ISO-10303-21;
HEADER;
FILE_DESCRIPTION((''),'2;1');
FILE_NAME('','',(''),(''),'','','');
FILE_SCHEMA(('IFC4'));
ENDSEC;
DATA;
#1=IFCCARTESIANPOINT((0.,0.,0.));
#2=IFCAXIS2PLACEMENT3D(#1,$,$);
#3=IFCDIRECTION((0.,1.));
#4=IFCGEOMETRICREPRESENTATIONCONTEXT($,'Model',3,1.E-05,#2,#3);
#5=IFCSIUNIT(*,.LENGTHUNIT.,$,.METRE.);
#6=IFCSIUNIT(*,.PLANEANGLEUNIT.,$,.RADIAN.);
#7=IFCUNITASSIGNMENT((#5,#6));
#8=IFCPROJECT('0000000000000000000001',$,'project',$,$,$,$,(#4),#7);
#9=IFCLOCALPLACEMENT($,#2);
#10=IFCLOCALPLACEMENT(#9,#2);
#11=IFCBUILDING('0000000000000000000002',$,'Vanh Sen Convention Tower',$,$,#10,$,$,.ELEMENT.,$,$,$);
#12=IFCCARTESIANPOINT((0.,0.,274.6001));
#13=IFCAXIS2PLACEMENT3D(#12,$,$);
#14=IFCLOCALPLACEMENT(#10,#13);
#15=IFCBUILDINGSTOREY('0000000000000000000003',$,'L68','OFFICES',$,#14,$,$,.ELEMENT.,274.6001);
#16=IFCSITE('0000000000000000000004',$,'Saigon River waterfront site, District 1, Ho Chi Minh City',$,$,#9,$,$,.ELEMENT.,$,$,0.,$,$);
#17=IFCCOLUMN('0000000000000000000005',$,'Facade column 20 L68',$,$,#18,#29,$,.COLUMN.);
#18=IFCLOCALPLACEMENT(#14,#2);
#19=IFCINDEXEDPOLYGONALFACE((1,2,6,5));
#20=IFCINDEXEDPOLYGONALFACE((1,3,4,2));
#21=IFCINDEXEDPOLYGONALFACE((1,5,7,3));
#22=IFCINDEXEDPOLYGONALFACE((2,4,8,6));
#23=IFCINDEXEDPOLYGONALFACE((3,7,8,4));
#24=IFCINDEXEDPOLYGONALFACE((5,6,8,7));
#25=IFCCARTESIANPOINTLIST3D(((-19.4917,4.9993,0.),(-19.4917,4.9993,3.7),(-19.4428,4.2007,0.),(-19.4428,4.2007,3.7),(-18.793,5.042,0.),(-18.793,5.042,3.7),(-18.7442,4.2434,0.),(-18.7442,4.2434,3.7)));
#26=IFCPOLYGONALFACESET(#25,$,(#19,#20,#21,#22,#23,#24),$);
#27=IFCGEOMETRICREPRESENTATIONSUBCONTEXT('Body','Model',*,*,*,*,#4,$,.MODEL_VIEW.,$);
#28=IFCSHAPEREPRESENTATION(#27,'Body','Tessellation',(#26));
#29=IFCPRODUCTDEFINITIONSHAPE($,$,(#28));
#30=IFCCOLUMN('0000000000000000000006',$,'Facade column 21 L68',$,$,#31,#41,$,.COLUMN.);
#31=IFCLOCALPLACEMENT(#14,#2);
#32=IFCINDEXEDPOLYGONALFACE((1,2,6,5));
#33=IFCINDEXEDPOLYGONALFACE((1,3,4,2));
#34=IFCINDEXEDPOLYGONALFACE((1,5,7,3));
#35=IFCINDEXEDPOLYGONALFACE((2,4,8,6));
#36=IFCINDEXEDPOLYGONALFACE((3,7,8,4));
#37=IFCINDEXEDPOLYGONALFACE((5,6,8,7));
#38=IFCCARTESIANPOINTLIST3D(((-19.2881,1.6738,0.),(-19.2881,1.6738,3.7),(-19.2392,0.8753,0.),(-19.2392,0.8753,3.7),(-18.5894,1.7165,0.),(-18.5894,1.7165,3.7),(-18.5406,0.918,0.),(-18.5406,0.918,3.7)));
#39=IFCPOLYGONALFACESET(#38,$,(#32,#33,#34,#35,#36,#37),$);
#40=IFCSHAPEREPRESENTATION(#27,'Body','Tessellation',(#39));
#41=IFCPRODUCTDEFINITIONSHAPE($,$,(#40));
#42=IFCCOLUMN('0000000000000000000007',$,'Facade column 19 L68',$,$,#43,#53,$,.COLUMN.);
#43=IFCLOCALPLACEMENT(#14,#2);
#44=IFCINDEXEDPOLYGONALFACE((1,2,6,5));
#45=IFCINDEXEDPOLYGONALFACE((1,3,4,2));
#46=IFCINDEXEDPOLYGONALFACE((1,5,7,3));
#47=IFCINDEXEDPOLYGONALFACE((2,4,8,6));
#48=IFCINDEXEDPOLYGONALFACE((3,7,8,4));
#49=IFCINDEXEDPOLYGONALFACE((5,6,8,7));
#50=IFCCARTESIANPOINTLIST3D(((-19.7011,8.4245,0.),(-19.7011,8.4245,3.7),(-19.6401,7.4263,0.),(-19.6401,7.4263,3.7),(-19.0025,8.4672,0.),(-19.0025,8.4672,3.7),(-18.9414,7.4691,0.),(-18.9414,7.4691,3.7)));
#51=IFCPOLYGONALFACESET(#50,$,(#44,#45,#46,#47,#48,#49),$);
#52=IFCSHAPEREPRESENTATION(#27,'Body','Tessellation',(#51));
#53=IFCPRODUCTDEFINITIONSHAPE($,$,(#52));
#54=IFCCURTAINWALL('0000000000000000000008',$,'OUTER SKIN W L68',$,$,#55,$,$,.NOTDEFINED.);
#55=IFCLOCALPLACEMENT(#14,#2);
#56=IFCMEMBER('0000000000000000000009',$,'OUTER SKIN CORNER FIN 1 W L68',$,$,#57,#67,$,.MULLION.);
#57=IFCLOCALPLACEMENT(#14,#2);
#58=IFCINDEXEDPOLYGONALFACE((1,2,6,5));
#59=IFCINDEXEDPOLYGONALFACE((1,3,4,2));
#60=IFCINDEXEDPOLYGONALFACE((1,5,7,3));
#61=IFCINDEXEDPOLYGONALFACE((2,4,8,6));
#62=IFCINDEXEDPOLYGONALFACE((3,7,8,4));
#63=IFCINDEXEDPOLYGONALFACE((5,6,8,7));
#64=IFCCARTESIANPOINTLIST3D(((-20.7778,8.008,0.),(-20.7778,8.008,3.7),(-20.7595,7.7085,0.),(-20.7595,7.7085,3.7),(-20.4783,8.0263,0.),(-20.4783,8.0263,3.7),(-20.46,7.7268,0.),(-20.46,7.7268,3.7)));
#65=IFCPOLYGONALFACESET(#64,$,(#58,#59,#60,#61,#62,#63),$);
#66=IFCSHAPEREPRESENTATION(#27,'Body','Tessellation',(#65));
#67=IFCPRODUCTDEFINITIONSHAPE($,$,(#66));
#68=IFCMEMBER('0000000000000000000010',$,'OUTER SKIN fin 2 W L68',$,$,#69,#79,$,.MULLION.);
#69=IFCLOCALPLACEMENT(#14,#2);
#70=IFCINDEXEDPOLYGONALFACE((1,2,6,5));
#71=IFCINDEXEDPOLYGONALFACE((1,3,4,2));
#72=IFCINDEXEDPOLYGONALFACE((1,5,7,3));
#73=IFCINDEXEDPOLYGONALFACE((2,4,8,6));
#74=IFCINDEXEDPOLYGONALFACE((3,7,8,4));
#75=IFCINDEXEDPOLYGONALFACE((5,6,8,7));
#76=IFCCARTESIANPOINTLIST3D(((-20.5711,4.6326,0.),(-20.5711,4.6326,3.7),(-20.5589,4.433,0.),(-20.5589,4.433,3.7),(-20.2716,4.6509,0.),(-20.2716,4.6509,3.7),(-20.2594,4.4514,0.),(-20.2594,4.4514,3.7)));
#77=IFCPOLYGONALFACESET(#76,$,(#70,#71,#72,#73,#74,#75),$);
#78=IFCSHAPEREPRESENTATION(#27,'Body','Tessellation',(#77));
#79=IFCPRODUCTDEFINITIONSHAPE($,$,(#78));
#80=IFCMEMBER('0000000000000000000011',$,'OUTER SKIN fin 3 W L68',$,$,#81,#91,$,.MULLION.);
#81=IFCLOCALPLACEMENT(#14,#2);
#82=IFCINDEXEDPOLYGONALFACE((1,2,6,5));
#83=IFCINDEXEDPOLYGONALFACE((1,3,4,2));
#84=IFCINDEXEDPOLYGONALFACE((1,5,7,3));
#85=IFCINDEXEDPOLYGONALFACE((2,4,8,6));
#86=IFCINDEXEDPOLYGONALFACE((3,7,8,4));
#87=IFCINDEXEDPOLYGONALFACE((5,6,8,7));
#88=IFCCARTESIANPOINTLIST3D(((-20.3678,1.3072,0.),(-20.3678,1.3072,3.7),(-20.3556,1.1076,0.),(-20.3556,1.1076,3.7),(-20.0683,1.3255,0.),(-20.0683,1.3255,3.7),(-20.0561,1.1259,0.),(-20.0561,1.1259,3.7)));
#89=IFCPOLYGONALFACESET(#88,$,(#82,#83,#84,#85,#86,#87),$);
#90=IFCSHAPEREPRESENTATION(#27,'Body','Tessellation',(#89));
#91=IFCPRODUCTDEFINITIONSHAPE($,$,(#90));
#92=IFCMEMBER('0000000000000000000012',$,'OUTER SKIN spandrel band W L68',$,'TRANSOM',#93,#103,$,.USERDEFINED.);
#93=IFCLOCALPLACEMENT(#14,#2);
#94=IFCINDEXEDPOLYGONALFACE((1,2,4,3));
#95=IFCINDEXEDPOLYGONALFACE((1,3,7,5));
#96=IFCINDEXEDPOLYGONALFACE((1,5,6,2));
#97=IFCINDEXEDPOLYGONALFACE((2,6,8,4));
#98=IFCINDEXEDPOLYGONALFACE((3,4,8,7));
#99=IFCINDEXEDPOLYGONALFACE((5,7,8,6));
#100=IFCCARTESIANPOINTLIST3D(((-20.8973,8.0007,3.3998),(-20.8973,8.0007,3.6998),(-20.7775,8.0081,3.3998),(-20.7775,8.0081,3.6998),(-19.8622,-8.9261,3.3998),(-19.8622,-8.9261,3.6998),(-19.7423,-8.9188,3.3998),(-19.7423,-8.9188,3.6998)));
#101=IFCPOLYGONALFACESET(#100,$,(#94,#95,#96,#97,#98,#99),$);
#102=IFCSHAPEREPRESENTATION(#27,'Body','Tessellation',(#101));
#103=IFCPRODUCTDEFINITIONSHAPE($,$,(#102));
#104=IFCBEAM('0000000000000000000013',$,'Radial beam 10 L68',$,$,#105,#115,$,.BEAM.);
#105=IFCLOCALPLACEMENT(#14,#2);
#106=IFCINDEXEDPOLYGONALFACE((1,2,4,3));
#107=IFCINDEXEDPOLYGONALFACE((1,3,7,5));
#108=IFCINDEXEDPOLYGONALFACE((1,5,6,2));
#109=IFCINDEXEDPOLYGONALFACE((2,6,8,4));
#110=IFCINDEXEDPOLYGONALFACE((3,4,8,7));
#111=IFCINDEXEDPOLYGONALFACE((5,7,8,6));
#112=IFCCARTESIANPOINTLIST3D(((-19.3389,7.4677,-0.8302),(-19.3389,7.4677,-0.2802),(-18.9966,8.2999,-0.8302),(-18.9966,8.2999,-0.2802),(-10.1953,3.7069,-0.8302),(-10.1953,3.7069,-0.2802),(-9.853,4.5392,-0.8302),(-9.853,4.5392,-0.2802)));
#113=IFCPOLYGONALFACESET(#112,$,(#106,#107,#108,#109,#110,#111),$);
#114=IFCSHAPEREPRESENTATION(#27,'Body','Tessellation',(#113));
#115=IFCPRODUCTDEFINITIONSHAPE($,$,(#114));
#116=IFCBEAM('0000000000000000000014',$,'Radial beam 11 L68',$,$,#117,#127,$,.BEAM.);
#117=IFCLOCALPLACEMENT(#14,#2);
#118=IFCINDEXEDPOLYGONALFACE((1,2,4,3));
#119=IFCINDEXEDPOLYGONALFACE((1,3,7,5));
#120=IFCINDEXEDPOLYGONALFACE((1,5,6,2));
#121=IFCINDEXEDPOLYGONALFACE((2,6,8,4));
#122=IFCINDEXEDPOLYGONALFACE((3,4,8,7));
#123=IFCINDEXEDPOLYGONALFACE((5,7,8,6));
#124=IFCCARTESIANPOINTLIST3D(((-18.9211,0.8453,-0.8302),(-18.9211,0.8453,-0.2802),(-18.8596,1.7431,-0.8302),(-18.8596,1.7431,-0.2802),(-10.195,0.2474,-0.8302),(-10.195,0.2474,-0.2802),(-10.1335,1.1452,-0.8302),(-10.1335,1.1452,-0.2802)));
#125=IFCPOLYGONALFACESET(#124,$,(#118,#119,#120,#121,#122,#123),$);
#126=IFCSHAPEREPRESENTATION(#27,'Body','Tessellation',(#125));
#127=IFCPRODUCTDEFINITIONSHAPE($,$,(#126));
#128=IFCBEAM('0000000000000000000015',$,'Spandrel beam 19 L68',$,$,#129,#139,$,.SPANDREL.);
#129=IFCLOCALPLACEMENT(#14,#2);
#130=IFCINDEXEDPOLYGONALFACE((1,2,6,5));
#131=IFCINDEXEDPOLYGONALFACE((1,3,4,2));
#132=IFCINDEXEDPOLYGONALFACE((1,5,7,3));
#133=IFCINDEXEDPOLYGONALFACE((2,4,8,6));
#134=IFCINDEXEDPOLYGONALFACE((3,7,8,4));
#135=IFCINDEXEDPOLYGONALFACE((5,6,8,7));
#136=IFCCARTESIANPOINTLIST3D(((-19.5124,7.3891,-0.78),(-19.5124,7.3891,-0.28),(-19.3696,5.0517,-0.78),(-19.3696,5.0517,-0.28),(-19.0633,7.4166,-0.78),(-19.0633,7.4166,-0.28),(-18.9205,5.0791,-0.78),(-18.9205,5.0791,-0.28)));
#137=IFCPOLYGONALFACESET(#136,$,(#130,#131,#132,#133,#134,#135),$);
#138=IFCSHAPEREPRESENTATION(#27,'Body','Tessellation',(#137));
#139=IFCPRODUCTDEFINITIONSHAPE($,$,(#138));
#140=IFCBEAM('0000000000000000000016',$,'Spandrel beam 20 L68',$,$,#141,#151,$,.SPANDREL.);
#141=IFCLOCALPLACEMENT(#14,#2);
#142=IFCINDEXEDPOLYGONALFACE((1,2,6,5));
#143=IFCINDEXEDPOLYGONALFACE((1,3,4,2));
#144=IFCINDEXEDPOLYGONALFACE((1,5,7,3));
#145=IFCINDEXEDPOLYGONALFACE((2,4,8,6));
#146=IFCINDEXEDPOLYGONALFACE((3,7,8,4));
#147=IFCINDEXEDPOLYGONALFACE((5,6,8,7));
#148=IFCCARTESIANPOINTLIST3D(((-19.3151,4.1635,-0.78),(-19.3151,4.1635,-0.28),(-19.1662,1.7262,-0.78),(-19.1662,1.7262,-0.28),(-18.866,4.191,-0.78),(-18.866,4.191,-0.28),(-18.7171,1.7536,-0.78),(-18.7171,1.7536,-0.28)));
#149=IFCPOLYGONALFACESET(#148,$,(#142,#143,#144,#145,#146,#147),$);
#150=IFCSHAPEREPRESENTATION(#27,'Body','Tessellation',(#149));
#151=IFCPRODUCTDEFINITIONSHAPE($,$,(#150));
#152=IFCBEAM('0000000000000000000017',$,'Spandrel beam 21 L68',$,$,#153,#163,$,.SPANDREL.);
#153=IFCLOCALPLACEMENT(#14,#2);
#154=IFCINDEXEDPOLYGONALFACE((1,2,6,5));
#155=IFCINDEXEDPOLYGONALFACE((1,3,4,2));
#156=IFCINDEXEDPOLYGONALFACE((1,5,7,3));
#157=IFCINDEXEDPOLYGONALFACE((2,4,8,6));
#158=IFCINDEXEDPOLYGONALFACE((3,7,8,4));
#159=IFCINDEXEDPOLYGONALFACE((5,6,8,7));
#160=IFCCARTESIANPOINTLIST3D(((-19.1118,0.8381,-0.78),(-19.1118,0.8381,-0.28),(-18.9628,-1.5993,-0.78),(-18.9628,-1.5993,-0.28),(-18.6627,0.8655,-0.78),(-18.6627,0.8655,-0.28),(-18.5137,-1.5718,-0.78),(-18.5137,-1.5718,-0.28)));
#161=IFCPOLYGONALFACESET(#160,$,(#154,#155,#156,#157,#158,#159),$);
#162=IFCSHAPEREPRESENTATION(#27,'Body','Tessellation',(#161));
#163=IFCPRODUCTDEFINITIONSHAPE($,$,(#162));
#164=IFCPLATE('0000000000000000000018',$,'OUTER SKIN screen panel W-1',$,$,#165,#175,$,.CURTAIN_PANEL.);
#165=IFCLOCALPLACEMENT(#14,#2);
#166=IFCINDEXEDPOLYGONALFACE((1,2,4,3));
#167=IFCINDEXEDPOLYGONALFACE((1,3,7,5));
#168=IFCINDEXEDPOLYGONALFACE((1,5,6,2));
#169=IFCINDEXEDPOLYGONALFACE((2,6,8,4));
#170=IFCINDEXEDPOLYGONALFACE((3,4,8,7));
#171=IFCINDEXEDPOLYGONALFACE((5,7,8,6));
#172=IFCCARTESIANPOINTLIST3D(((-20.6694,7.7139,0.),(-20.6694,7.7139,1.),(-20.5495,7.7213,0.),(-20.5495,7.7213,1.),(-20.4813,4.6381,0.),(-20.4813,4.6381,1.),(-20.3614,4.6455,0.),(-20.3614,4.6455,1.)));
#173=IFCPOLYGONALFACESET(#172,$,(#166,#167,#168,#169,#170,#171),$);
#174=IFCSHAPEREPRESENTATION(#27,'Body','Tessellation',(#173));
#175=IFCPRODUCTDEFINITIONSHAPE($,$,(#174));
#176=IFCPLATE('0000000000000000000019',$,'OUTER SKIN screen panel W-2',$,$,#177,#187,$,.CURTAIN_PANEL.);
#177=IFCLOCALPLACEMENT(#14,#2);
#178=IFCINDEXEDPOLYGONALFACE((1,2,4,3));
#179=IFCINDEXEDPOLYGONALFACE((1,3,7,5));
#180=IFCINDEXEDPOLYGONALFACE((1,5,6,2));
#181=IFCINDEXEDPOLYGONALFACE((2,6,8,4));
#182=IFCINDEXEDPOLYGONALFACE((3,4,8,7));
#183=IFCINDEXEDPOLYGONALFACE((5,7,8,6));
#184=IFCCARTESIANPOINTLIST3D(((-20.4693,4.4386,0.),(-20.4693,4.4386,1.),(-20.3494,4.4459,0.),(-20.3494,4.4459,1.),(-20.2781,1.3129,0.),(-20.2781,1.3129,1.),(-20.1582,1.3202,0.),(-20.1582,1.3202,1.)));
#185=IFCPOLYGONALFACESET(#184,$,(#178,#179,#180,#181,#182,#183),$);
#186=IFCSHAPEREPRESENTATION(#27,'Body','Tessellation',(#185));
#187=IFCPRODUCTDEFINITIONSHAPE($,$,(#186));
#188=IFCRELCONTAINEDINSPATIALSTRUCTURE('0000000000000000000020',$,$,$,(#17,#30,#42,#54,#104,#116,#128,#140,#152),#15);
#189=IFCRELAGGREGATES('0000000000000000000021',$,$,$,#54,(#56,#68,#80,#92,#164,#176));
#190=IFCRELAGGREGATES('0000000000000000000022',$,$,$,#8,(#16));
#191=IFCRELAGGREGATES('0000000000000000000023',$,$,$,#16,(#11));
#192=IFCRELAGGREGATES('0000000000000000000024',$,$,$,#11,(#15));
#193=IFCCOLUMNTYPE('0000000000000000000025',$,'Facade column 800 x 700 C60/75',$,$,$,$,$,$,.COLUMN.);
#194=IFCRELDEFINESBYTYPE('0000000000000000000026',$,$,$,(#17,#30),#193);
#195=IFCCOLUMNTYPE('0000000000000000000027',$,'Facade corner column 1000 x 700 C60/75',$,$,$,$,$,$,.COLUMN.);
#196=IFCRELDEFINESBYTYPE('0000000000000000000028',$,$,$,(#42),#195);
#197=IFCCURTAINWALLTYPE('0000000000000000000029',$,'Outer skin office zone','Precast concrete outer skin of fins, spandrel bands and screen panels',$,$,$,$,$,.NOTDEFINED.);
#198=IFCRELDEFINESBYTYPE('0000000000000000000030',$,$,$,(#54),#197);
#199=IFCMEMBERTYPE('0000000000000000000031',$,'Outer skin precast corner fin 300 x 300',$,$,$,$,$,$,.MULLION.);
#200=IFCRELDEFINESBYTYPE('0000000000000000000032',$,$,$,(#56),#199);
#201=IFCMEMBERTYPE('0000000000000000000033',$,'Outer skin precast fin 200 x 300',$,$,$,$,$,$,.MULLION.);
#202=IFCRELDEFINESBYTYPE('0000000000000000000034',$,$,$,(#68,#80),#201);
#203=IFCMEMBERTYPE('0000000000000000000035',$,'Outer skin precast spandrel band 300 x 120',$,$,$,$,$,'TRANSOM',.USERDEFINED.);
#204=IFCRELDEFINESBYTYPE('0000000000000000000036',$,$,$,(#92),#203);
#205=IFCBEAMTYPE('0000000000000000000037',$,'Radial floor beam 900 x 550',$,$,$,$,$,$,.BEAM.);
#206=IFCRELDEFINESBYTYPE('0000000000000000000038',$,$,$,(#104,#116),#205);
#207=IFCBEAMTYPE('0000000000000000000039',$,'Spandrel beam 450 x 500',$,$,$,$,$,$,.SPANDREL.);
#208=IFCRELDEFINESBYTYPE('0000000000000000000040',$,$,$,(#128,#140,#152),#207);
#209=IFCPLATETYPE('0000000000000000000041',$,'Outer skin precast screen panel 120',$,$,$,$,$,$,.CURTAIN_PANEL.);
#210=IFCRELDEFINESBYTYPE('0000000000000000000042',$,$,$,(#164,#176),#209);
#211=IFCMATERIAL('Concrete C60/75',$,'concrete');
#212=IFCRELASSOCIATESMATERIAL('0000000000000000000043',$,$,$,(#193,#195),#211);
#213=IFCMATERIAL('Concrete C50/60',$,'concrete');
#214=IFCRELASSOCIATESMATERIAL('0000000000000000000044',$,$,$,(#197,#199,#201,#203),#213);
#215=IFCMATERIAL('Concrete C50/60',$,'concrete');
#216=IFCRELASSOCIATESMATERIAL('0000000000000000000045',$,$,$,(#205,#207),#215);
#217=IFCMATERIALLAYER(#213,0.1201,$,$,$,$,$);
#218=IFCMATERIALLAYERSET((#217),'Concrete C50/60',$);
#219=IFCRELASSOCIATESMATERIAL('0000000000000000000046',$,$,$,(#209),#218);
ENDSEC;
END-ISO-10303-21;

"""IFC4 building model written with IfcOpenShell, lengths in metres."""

from ifc_helpers import new_model, si_unit, direction, frame, origin, origin_2d, place, context, subcontext, project, spatial, rectangle, extrude, material, layer, layer_set, material_profile, profile_set, type_object, element, aggregate, save


model = new_model("IFC4")

# Units and contexts
model_context = context("Model", 3, precision=1e-05, world=origin(), true_north=direction((0.0, 1.0)))
body_context = subcontext(model_context, "Body", "Model", "MODEL_VIEW")
ifc_project = project(units=[si_unit("LENGTHUNIT", "METRE"), si_unit("PLANEANGLEUNIT", "RADIAN")], contexts=[model_context])

# Site, building, storey
site_placement = place(None, origin())
site = spatial("IfcSite", under=ifc_project, at=site_placement, Name="Saigon River waterfront site, District 1, Ho Chi Minh City", CompositionType="ELEMENT", RefElevation=0.0)
building_placement = place(site_placement, origin())
building = spatial("IfcBuilding", under=site, at=building_placement, Name="Vanh Sen Convention Tower", CompositionType="ELEMENT")
storey_placement = place(building_placement, frame((0.0, 0.0, 274.6001)))
storey = spatial("IfcBuildingStorey", under=building, at=storey_placement, Name="L68", Description="OFFICES", CompositionType="ELEMENT", Elevation=274.6001)

# Columns
ifc_material_1 = material(Name="Concrete C60/75", Category="concrete")
ifc_material_profile_1 = material_profile(ifc_material_1, rectangle(XDim=0.8, YDim=0.7, at=origin_2d()), Name="RC 800X700")
ifc_profile_set_1 = profile_set([ifc_material_profile_1], Name="Concrete C60/75")
column_type_1 = type_object("IfcColumnType", Name="Facade column 800 x 700 C60/75", PredefinedType="COLUMN", material=ifc_profile_set_1)
for number, where, z_axis, x_axis, name in (
    (1, (-19.1179, 4.6213, 0.0), (0.0, 0.0, 1.0), (0.061049, -0.998135, 0.0), "Facade column 20 L68"),
    (2, (-18.9143, 1.2959, 0.0), (0.0, 0.0, 1.0), (0.061049, -0.998135, 0.0), "Facade column 21 L68"),
):
    element("IfcColumn", number, at=place(storey_placement, frame(where, z_axis=z_axis, x_axis=x_axis)), inside=storey, type_object=column_type_1, Name=name, PredefinedType="COLUMN", context=body_context, shape_type="SweptSolid", body=[
        extrude(rectangle(XDim=0.8, YDim=0.7, at=origin_2d()), origin(), (0.0, 0.0, 1.0), 3.7),
    ])
ifc_material_profile_2 = material_profile(ifc_material_1, rectangle(XDim=1.0, YDim=0.7, at=origin_2d()), Name="RC 1000X700")
ifc_profile_set_2 = profile_set([ifc_material_profile_2], Name="Concrete C60/75")
column_type_2 = type_object("IfcColumnType", Name="Facade corner column 1000 x 700 C60/75", PredefinedType="COLUMN", material=ifc_profile_set_2)
column_placement = place(storey_placement, frame((-19.3213, 7.9468, 0.0), z_axis=(0.0, 0.0, 1.0), x_axis=(0.061049, -0.998135, 0.0)))
element("IfcColumn", 3, at=column_placement, inside=storey, type_object=column_type_2, Name="Facade column 19 L68", PredefinedType="COLUMN", context=body_context, shape_type="SweptSolid", body=[
    extrude(rectangle(XDim=1.0, YDim=0.7, at=origin_2d()), origin(), (0.0, 0.0, 1.0), 3.7),
])

# Curtain wall, members
ifc_material_2 = material(Name="Concrete C50/60", Category="concrete")
curtain_wall_type = type_object("IfcCurtainWallType", Name="Outer skin office zone", Description="Precast concrete outer skin of fins, spandrel bands and screen panels", PredefinedType="NOTDEFINED", material=ifc_material_2)
curtain_wall_placement = place(storey_placement, origin())
curtain_wall = element("IfcCurtainWall", 4, at=curtain_wall_placement, inside=storey, type_object=curtain_wall_type, Name="OUTER SKIN W L68", PredefinedType="NOTDEFINED")
ifc_material_profile_3 = material_profile(ifc_material_2, rectangle(XDim=0.3, YDim=0.3, at=origin_2d()), Name="Outer skin precast corner fin 300 x 300")
ifc_profile_set_3 = profile_set([ifc_material_profile_3], Name="Concrete C50/60")
member_type_1 = type_object("IfcMemberType", Name="Outer skin precast corner fin 300 x 300", PredefinedType="MULLION", material=ifc_profile_set_3)
member_1_placement = place(storey_placement, frame((-20.6189, 7.8674, 0.0), z_axis=(0.0, 0.0, 1.0), x_axis=(0.061049, -0.998135, 0.0)))
member_1 = element("IfcMember", 5, at=member_1_placement, type_object=member_type_1, Name="OUTER SKIN CORNER FIN 1 W L68", PredefinedType="MULLION", context=body_context, shape_type="SweptSolid", body=[
    extrude(rectangle(XDim=0.3, YDim=0.3, at=origin_2d()), origin(), (0.0, 0.0, 1.0), 3.7),
])
ifc_material_profile_4 = material_profile(ifc_material_2, rectangle(XDim=0.2, YDim=0.3, at=origin_2d()), Name="Outer skin precast fin 200 x 300")
ifc_profile_set_4 = profile_set([ifc_material_profile_4], Name="Concrete C50/60")
member_type_2 = type_object("IfcMemberType", Name="Outer skin precast fin 200 x 300", PredefinedType="MULLION", material=ifc_profile_set_4)
member_2_placement = place(storey_placement, frame((-20.4153, 4.542, 0.0), z_axis=(0.0, 0.0, 1.0), x_axis=(0.061049, -0.998135, 0.0)))
member_2 = element("IfcMember", 6, at=member_2_placement, type_object=member_type_2, Name="OUTER SKIN fin 2 W L68", PredefinedType="MULLION", context=body_context, shape_type="SweptSolid", body=[
    extrude(rectangle(XDim=0.2, YDim=0.3, at=origin_2d()), origin(), (0.0, 0.0, 1.0), 3.7),
])
member_3_placement = place(storey_placement, frame((-20.2119, 1.2166, 0.0), z_axis=(0.0, 0.0, 1.0), x_axis=(0.061049, -0.998135, 0.0)))
member_3 = element("IfcMember", 7, at=member_3_placement, type_object=member_type_2, Name="OUTER SKIN fin 3 W L68", PredefinedType="MULLION", context=body_context, shape_type="SweptSolid", body=[
    extrude(rectangle(XDim=0.2, YDim=0.3, at=origin_2d()), origin(), (0.0, 0.0, 1.0), 3.7),
])
ifc_material_profile_5 = material_profile(ifc_material_2, rectangle(XDim=0.1201, YDim=0.3, at=origin_2d()), Name="Outer skin precast spandrel band 300 x 120")
ifc_profile_set_5 = profile_set([ifc_material_profile_5], Name="Concrete C50/60")
member_type_3 = type_object("IfcMemberType", Name="Outer skin precast spandrel band 300 x 120", ElementType="TRANSOM", PredefinedType="USERDEFINED", material=ifc_profile_set_5)
member_4_placement = place(storey_placement, frame((-20.8374, 8.0044, 3.5498), z_axis=(0.061041, -0.998135, 0.0), x_axis=(0.998135, 0.061041, 0.0)))
member_4 = element("IfcMember", 8, at=member_4_placement, type_object=member_type_3, Name="OUTER SKIN spandrel band W L68", ObjectType="TRANSOM", PredefinedType="USERDEFINED", context=body_context, shape_type="SweptSolid", body=[
    extrude(rectangle(XDim=0.1201, YDim=0.3, at=origin_2d()), origin(), (0.0, 0.0, 1.0), 16.9585),
])

# Beams
ifc_material_3 = material(Name="Concrete C50/60", Category="concrete")
ifc_material_profile_6 = material_profile(ifc_material_3, rectangle(XDim=0.8999, YDim=0.55, at=origin_2d()), Name="RC 900X550")
ifc_profile_set_6 = profile_set([ifc_material_profile_6], Name="Concrete C50/60")
beam_type_1 = type_object("IfcBeamType", Name="Radial floor beam 900 x 550", PredefinedType="BEAM", material=ifc_profile_set_6)
beam_1_placement = place(storey_placement, frame((-19.1677, 7.8838, -0.5552), z_axis=(0.924829, -0.380382, 0.0), x_axis=(0.380382, 0.924829, 0.0)))
element("IfcBeam", 9, at=beam_1_placement, inside=storey, type_object=beam_type_1, Name="Radial beam 10 L68", PredefinedType="BEAM", context=body_context, shape_type="SweptSolid", body=[
    extrude(rectangle(XDim=0.8999, YDim=0.55, at=origin_2d()), origin(), (0.0, 0.0, 1.0), 9.8867),
])
beam_2_placement = place(storey_placement, frame((-18.8904, 1.2942, -0.5552), z_axis=(0.997661, -0.068359, 0.0), x_axis=(0.068359, 0.997661, 0.0)))
element("IfcBeam", 10, at=beam_2_placement, inside=storey, type_object=beam_type_1, Name="Radial beam 11 L68", PredefinedType="BEAM", context=body_context, shape_type="SweptSolid", body=[
    extrude(rectangle(XDim=0.8999, YDim=0.55, at=origin_2d()), origin(), (0.0, 0.0, 1.0), 8.7466),
])
ifc_material_profile_7 = material_profile(ifc_material_3, rectangle(XDim=0.45, YDim=0.5, at=origin_2d()), Name="RC 450X500")
ifc_profile_set_7 = profile_set([ifc_material_profile_7], Name="Concrete C50/60")
beam_type_2 = type_object("IfcBeamType", Name="Spandrel beam 450 x 500", PredefinedType="SPANDREL", material=ifc_profile_set_7)
beam_3_placement = place(storey_placement, frame((-19.2878, 7.4028, -0.53), z_axis=(0.060989, -0.998138, 0.0), x_axis=(0.998138, 0.060989, 0.0)))
element("IfcBeam", 11, at=beam_3_placement, inside=storey, type_object=beam_type_2, Name="Spandrel beam 19 L68", PredefinedType="SPANDREL", context=body_context, shape_type="SweptSolid", body=[
    extrude(rectangle(XDim=0.45, YDim=0.5, at=origin_2d()), origin(), (0.0, 0.0, 1.0), 2.3418),
])
for number, where, z_axis, x_axis, name in (
    (12, (-19.0906, 4.1772, -0.53), (0.06099, -0.998138, 0.0), (0.998138, 0.06099, 0.0), "Spandrel beam 20 L68"),
    (13, (-18.8872, 0.8518, -0.53), (0.06099, -0.998138, 0.0), (0.998138, 0.06099, 0.0), "Spandrel beam 21 L68"),
):
    element("IfcBeam", number, at=place(storey_placement, frame(where, z_axis=z_axis, x_axis=x_axis)), inside=storey, type_object=beam_type_2, Name=name, PredefinedType="SPANDREL", context=body_context, shape_type="SweptSolid", body=[
        extrude(rectangle(XDim=0.45, YDim=0.5, at=origin_2d()), origin(), (0.0, 0.0, 1.0), 2.4419),
    ])

# Plates
ifc_layer_1 = layer(ifc_material_2, 0.1201)
ifc_layer_set_1 = layer_set([ifc_layer_1], Name="Concrete C50/60")
plate_type = type_object("IfcPlateType", Name="Outer skin precast screen panel 120", PredefinedType="CURTAIN_PANEL", material=ifc_layer_set_1)
plate_1_placement = place(storey_placement, frame((-20.5154, 6.1797, 0.0), z_axis=(0.0, 0.0, 1.0), x_axis=(0.061052, -0.998135, 0.0)))
plate_1 = element("IfcPlate", 14, at=plate_1_placement, type_object=plate_type, Name="OUTER SKIN screen panel W-1", PredefinedType="CURTAIN_PANEL", context=body_context, shape_type="SweptSolid", body=[
    extrude(rectangle(XDim=3.0815, YDim=0.1201, at=origin_2d()), origin(), (0.0, 0.0, 1.0), 1.0),
])
plate_2_placement = place(storey_placement, frame((-20.3137, 2.8794, 0.0), z_axis=(0.0, 0.0, 1.0), x_axis=(0.06105, -0.998135, 0.0)))
plate_2 = element("IfcPlate", 15, at=plate_2_placement, type_object=plate_type, Name="OUTER SKIN screen panel W-2", PredefinedType="CURTAIN_PANEL", context=body_context, shape_type="SweptSolid", body=[
    extrude(rectangle(XDim=3.1316, YDim=0.1201, at=origin_2d()), origin(), (0.0, 0.0, 1.0), 1.0),
])
aggregate(curtain_wall, [member_1, member_2, member_3, member_4, plate_1, plate_2])

save(model, "model.ifc")
